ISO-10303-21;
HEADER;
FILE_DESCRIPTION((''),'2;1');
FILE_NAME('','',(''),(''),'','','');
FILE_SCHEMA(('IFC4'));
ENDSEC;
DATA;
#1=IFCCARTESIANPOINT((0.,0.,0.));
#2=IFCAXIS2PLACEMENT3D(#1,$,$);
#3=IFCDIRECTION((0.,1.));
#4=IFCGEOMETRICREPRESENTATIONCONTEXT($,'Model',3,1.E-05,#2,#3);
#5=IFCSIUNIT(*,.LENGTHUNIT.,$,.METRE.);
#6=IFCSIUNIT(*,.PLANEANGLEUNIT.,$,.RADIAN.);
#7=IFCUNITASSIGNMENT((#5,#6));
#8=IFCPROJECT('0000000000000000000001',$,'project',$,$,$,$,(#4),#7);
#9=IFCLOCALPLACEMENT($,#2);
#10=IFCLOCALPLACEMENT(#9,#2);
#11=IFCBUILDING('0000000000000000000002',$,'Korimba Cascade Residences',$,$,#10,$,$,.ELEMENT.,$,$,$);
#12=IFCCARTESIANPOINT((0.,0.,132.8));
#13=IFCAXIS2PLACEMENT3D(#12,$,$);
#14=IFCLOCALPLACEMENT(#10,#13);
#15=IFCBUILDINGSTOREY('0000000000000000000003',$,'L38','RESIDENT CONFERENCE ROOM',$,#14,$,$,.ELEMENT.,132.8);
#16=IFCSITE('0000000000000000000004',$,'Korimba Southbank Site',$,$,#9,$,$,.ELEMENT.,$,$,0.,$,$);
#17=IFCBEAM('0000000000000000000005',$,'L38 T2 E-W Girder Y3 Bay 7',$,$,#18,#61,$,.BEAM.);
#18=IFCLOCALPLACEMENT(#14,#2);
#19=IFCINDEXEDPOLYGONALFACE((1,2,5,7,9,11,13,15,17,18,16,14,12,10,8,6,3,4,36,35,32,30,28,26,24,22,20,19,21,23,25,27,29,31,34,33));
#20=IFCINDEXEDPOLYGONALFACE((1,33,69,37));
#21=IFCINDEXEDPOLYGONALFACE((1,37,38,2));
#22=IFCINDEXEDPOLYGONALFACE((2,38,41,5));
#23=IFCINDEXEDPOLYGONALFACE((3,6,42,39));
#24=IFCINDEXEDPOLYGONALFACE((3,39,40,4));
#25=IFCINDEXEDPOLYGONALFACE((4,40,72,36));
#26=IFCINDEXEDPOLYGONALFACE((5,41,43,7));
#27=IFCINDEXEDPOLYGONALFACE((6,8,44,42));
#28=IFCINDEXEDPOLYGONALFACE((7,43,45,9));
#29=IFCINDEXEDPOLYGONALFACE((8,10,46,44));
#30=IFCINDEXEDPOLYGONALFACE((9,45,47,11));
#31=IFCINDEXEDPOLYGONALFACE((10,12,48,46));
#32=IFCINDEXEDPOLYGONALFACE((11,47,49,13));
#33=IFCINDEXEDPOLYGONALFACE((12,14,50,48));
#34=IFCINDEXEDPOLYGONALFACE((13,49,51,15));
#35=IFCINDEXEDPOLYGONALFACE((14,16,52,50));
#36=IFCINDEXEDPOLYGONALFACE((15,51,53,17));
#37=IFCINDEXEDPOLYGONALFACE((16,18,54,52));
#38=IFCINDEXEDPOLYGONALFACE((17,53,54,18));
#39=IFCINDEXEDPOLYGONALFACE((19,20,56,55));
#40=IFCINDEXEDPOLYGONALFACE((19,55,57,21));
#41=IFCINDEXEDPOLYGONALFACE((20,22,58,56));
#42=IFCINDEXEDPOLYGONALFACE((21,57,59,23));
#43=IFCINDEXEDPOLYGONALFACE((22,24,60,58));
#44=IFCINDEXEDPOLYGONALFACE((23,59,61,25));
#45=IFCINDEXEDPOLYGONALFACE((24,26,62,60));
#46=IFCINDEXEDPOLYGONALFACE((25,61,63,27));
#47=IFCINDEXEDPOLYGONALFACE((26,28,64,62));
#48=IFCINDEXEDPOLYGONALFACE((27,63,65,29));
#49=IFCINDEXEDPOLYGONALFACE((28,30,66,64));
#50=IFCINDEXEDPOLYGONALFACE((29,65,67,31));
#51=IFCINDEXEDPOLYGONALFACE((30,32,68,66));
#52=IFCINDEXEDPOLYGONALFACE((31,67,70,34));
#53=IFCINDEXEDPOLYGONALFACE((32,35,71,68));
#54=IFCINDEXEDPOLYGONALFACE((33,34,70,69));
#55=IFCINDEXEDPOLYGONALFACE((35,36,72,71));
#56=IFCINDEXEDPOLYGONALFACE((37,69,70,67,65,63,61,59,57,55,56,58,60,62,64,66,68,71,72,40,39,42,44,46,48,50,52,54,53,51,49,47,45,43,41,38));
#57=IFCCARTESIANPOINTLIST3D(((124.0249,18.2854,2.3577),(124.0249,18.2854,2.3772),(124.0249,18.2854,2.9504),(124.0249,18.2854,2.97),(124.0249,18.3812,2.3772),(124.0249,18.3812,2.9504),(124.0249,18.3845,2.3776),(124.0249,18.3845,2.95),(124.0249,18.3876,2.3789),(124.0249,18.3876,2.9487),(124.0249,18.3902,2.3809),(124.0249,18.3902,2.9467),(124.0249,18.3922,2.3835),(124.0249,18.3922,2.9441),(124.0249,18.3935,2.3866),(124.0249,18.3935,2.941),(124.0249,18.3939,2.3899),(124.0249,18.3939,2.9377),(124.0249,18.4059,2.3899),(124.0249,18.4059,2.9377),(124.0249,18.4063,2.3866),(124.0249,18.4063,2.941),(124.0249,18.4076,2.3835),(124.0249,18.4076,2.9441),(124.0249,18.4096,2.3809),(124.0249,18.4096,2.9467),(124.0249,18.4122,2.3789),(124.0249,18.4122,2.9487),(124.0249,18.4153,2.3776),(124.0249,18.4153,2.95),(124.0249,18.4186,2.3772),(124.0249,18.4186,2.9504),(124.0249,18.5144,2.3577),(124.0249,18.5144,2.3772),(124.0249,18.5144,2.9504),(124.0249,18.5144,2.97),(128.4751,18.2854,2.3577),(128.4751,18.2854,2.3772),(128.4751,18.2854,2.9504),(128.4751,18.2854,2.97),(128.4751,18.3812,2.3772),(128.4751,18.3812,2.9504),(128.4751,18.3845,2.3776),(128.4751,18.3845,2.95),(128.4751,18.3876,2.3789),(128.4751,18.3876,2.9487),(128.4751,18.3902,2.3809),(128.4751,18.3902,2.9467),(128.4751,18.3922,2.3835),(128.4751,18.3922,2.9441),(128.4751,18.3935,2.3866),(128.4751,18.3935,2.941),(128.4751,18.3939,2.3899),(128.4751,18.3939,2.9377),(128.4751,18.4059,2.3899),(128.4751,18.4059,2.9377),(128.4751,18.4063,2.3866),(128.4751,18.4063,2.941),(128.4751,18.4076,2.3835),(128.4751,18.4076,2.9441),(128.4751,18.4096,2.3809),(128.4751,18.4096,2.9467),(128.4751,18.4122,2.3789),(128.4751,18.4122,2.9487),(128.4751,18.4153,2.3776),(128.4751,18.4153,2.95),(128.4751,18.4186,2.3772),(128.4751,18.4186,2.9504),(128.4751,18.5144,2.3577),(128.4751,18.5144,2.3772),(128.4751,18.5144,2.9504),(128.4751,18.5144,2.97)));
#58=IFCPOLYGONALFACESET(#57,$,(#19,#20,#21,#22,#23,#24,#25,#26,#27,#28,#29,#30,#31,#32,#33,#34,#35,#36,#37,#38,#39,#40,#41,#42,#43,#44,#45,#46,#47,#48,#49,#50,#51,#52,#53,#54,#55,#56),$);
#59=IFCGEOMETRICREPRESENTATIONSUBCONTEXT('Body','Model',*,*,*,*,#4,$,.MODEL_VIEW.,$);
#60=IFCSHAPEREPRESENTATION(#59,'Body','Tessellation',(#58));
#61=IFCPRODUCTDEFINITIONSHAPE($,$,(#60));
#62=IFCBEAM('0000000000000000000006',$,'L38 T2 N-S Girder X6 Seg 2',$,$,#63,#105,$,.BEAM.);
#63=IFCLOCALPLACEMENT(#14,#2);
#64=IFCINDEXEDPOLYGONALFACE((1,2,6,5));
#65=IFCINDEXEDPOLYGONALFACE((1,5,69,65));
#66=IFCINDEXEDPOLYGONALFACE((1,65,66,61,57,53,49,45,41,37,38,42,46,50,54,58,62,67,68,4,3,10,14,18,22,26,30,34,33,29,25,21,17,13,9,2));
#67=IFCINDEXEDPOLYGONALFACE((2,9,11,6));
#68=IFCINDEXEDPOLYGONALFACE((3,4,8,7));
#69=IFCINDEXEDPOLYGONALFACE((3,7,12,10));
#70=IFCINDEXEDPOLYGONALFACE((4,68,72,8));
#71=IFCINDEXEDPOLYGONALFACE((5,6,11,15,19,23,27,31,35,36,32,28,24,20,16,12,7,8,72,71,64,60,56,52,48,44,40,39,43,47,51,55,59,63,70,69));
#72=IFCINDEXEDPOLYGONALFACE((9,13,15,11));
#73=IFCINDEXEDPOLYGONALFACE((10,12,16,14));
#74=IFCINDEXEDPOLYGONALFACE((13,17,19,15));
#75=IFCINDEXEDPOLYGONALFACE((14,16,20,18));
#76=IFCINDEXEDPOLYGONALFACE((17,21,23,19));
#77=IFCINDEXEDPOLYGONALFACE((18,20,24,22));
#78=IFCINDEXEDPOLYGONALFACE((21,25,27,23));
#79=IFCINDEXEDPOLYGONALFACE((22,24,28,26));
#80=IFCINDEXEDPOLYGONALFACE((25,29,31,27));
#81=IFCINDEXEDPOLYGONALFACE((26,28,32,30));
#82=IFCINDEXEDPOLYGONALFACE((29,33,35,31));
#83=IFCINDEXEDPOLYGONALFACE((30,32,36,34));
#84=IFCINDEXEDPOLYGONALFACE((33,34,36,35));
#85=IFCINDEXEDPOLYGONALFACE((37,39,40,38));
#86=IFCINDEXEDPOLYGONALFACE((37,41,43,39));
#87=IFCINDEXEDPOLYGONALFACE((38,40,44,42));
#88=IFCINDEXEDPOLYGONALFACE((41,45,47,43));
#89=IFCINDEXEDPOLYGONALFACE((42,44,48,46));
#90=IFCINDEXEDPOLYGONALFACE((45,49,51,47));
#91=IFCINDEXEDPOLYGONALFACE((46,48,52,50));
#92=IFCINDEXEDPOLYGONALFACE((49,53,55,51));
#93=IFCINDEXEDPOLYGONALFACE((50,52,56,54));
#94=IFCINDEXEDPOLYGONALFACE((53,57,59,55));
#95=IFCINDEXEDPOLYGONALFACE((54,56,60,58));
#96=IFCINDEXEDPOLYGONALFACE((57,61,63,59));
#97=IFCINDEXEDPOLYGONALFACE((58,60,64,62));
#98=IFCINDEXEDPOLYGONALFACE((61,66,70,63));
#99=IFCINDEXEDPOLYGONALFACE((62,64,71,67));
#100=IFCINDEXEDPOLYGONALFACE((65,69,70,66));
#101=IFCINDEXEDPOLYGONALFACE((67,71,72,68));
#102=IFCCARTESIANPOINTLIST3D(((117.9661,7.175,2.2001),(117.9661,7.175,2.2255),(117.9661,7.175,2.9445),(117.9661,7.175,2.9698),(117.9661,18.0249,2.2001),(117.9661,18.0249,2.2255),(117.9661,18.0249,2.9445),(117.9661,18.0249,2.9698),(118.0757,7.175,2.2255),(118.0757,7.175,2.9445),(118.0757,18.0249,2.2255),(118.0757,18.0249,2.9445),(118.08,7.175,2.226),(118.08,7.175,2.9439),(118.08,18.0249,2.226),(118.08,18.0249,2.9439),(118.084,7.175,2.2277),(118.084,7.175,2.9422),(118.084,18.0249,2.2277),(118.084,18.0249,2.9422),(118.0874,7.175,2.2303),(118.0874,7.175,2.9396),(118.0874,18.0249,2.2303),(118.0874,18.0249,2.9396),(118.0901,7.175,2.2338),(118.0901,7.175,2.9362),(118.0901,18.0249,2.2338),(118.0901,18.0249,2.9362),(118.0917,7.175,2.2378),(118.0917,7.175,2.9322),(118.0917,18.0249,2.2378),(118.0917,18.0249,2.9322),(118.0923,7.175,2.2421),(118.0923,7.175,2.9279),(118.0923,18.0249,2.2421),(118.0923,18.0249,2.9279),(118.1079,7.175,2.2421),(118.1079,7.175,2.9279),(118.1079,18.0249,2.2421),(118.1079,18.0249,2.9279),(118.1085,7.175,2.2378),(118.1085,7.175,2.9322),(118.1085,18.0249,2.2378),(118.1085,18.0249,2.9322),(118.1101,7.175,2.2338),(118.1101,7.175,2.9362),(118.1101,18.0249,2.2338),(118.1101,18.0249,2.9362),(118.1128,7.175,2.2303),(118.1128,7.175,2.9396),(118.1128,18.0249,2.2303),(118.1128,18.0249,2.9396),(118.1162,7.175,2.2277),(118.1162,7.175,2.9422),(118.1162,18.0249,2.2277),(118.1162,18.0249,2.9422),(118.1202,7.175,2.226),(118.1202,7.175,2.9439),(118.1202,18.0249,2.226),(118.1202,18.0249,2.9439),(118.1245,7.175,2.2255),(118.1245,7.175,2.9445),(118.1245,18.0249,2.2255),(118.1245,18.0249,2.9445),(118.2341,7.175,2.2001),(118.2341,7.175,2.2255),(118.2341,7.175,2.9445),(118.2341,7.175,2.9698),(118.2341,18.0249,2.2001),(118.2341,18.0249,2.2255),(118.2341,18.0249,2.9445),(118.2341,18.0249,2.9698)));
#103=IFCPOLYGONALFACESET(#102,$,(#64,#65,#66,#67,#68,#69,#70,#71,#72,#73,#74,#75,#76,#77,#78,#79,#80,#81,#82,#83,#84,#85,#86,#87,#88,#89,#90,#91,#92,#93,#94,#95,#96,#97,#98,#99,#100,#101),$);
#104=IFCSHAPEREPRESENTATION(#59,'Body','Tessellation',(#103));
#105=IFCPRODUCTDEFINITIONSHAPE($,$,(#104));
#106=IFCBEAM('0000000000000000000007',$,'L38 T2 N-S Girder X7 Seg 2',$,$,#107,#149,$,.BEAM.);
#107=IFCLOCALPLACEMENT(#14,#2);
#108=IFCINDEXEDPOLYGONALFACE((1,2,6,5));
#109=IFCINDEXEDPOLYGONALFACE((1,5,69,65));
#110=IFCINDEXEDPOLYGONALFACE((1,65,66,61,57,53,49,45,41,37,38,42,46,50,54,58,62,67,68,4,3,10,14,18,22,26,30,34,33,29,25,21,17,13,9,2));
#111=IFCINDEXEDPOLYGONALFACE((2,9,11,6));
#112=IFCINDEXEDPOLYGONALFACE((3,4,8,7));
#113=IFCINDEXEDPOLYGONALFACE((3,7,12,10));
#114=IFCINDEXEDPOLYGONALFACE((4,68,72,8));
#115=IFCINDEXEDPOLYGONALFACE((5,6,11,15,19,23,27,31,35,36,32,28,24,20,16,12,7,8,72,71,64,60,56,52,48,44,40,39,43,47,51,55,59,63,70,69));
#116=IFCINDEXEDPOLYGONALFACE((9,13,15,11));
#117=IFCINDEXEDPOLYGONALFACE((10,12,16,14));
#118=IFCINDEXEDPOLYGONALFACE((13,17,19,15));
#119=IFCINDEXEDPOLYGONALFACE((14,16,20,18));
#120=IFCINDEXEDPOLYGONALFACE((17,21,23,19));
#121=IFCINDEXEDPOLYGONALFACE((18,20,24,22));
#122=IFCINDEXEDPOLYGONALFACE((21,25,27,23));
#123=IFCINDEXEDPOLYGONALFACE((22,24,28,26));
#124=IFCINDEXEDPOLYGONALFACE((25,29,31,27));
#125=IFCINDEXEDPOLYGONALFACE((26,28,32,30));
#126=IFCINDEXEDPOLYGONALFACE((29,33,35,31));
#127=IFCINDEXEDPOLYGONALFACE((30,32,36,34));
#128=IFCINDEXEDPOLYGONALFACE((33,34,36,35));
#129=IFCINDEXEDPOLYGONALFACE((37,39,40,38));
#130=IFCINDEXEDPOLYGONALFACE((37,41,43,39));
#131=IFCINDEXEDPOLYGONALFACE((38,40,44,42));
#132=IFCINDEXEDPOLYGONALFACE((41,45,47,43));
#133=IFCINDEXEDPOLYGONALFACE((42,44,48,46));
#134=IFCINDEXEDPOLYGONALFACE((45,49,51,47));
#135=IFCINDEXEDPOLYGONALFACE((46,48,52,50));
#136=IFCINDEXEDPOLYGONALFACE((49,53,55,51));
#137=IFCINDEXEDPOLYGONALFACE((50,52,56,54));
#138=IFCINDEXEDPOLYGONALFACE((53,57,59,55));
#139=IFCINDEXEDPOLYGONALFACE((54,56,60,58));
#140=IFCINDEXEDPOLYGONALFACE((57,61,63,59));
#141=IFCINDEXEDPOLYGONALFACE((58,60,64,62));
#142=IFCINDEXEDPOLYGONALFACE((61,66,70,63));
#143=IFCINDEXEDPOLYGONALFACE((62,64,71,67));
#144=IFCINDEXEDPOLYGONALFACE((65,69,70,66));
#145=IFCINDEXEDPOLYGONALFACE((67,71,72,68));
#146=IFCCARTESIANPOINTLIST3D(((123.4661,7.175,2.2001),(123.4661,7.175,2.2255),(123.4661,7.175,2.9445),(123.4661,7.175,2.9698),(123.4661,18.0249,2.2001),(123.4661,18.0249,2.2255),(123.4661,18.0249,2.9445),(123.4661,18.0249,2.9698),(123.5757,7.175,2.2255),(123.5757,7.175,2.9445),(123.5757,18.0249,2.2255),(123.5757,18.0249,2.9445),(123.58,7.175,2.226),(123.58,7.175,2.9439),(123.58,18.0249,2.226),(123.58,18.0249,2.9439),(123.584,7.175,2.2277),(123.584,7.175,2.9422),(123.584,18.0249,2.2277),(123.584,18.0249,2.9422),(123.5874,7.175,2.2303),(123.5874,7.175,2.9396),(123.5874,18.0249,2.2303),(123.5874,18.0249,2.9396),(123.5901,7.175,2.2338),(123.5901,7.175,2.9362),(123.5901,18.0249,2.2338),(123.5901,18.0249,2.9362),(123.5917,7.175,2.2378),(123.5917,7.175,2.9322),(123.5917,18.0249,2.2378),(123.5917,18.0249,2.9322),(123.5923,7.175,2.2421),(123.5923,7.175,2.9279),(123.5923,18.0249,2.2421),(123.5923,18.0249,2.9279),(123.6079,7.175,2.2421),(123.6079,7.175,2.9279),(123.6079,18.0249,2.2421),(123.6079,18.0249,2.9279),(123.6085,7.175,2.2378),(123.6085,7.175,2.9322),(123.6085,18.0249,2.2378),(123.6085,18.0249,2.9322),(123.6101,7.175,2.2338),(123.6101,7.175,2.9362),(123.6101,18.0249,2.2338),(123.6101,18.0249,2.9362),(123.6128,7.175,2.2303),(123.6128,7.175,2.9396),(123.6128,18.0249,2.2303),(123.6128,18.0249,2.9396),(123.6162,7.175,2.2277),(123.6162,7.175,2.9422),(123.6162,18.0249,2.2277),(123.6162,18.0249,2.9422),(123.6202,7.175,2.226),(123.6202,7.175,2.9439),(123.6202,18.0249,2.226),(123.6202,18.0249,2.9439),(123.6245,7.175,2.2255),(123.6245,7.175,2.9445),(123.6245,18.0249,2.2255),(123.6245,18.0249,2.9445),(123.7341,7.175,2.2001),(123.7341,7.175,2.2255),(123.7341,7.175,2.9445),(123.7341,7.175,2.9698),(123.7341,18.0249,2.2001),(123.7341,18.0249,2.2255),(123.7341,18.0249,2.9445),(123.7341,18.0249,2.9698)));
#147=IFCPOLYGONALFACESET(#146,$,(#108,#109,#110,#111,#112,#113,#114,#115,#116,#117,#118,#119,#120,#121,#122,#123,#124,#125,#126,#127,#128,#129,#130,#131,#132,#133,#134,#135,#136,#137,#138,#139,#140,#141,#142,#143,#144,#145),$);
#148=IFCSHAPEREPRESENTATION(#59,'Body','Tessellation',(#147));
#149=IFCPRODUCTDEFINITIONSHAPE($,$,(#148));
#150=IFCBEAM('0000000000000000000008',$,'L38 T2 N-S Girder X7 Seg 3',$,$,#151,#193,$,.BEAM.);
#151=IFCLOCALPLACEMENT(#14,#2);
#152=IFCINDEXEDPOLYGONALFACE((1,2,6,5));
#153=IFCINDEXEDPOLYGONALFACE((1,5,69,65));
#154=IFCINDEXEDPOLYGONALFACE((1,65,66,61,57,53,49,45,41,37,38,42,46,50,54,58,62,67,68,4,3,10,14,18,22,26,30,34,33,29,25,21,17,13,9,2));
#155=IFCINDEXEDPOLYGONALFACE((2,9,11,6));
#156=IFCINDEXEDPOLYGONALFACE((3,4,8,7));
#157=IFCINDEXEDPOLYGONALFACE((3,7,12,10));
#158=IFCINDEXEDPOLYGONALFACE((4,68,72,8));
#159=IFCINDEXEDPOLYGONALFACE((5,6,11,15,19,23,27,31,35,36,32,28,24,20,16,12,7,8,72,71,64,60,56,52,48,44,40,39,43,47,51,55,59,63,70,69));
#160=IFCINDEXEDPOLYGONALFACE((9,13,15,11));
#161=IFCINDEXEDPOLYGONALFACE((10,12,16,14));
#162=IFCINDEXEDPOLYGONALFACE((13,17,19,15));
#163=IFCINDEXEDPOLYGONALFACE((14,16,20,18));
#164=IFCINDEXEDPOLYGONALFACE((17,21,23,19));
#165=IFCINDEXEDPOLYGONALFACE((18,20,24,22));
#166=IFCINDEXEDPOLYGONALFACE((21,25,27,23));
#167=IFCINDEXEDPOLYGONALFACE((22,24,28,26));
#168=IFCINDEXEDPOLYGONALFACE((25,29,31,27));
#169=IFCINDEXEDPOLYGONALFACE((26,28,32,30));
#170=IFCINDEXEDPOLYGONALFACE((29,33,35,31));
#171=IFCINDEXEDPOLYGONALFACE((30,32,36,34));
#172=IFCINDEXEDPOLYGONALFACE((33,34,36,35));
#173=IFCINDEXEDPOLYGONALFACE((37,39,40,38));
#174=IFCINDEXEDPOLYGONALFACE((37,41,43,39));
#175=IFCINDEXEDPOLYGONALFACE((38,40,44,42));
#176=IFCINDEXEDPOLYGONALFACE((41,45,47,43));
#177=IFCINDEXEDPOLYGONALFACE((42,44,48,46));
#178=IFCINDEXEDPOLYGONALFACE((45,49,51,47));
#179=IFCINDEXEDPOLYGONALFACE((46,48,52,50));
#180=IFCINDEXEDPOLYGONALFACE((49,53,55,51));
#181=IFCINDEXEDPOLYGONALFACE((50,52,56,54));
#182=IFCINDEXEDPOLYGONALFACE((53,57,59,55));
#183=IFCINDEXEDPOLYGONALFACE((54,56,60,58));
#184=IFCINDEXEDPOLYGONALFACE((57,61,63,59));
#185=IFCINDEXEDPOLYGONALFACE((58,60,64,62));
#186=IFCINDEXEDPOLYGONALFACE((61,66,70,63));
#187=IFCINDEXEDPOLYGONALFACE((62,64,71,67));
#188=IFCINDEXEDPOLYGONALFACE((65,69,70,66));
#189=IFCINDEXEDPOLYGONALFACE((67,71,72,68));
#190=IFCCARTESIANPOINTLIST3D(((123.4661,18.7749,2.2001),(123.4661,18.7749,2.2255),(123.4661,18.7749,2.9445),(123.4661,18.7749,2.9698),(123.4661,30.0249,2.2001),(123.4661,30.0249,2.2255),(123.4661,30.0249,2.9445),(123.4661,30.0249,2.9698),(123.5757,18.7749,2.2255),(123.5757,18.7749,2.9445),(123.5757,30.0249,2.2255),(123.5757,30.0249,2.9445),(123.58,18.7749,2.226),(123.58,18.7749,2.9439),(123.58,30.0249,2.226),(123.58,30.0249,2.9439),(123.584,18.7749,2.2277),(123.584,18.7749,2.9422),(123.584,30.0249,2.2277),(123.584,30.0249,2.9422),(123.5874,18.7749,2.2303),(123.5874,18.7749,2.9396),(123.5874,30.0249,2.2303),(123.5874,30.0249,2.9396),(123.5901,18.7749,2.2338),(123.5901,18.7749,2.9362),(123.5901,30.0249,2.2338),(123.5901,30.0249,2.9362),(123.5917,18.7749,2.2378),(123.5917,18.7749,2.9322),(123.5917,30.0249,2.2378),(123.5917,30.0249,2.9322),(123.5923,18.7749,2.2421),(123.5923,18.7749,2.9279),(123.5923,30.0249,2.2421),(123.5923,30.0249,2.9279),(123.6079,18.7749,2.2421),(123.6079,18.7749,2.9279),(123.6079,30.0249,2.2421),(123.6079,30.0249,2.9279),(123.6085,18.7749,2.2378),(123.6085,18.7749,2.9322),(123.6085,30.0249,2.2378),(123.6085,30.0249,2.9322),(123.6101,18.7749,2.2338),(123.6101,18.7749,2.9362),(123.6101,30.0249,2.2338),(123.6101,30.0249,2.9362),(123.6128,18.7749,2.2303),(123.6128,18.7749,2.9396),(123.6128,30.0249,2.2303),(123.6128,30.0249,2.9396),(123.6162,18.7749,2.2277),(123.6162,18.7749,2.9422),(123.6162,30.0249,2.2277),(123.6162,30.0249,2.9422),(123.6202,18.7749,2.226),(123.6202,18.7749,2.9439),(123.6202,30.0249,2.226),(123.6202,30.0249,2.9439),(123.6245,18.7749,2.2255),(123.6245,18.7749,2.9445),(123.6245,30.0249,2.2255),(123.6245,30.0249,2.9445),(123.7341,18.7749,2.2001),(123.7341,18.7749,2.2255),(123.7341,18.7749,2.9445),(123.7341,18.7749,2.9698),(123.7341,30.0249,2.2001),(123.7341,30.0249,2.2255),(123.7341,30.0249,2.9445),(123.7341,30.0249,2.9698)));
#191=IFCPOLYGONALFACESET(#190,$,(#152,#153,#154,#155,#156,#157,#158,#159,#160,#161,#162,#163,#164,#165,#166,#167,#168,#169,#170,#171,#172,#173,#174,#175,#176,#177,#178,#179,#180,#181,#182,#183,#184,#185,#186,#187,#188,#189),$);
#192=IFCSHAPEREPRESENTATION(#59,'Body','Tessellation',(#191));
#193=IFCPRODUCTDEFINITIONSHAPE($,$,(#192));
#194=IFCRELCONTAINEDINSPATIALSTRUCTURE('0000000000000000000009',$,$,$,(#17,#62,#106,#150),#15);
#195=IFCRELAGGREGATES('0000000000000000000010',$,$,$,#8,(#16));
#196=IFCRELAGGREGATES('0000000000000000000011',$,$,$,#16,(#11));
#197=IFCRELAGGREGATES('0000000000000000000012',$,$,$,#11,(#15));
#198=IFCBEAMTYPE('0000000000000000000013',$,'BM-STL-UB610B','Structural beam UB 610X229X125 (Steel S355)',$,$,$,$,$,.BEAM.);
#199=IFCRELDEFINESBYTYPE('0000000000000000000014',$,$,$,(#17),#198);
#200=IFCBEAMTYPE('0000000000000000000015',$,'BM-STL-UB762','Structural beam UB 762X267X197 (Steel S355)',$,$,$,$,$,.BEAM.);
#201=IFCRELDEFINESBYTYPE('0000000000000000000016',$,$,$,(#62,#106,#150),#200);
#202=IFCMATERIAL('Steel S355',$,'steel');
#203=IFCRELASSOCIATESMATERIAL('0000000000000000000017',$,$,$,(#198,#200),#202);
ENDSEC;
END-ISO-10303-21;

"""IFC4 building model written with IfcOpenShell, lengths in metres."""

from ifc_helpers import new_model, si_unit, direction, frame, origin, origin_2d, place, context, subcontext, project, spatial, i_section, extrude, material, material_profile, profile_set, type_object, element, save


model = new_model("IFC4")

# Units and contexts
model_context = context("Model", 3, precision=1e-05, world=origin(), true_north=direction((0.0, 1.0)))
body_context = subcontext(model_context, "Body", "Model", "MODEL_VIEW")
ifc_project = project(units=[si_unit("LENGTHUNIT", "METRE"), si_unit("PLANEANGLEUNIT", "RADIAN")], contexts=[model_context])

# Site, building, storey
site_placement = place(None, origin())
site = spatial("IfcSite", under=ifc_project, at=site_placement, Name="Korimba Southbank Site", CompositionType="ELEMENT", RefElevation=0.0)
building_placement = place(site_placement, origin())
building = spatial("IfcBuilding", under=site, at=building_placement, Name="Korimba Cascade Residences", CompositionType="ELEMENT")
storey_placement = place(building_placement, frame((0.0, 0.0, 132.8)))
storey = spatial("IfcBuildingStorey", under=building, at=storey_placement, Name="L38", Description="RESIDENT CONFERENCE ROOM", CompositionType="ELEMENT", Elevation=132.8)

# Beams
ifc_material_1 = material(Name="Steel S355", Category="steel")
ifc_material_profile_1 = material_profile(ifc_material_1, i_section(OverallWidth=0.229, OverallDepth=0.6123, WebThickness=0.012, FlangeThickness=0.0195, FilletRadius=0.0127, at=origin_2d()), Name="Steel S355")
ifc_profile_set_1 = profile_set([ifc_material_profile_1], Name="Steel S355")
beam_type_1 = type_object("IfcBeamType", Name="BM-STL-UB610B", Description="Structural beam UB 610X229X125 (Steel S355)", PredefinedType="BEAM", material=ifc_profile_set_1)
beam_1_placement = place(storey_placement, frame((124.0249, 18.3999, 2.6638), z_axis=(1.0, 0.0, 0.0), x_axis=(0.0, 1.0, 0.0)))
element("IfcBeam", 1, at=beam_1_placement, inside=storey, type_object=beam_type_1, Name="L38 T2 E-W Girder Y3 Bay 7", PredefinedType="BEAM", context=body_context, shape_type="SweptSolid", body=[
    extrude(i_section(OverallWidth=0.229, OverallDepth=0.6123, WebThickness=0.012, FlangeThickness=0.0195, FilletRadius=0.0127, at=origin_2d()), origin(), (0.0, 0.0, 1.0), 4.4502),
])
ifc_material_profile_2 = material_profile(ifc_material_1, i_section(OverallWidth=0.2681, OverallDepth=0.7698, WebThickness=0.0156, FlangeThickness=0.0254, FilletRadius=0.0166, at=origin_2d()), Name="Steel S355")
ifc_profile_set_2 = profile_set([ifc_material_profile_2], Name="Steel S355")
beam_type_2 = type_object("IfcBeamType", Name="BM-STL-UB762", Description="Structural beam UB 762X267X197 (Steel S355)", PredefinedType="BEAM", material=ifc_profile_set_2)
for number, where, z_axis, x_axis, name in (
    (2, (118.1001, 7.175, 2.585), (0.0, 1.0, 0.0), (-1.0, 0.0, 0.0), "L38 T2 N-S Girder X6 Seg 2"),
    (3, (123.6001, 7.175, 2.585), (0.0, 1.0, 0.0), (-1.0, 0.0, 0.0), "L38 T2 N-S Girder X7 Seg 2"),
):
    element("IfcBeam", number, at=place(storey_placement, frame(where, z_axis=z_axis, x_axis=x_axis)), inside=storey, type_object=beam_type_2, Name=name, PredefinedType="BEAM", context=body_context, shape_type="SweptSolid", body=[
        extrude(i_section(OverallWidth=0.2681, OverallDepth=0.7698, WebThickness=0.0156, FlangeThickness=0.0254, FilletRadius=0.0166, at=origin_2d()), origin(), (0.0, 0.0, 1.0), 10.8499),
    ])
beam_2_placement = place(storey_placement, frame((123.6001, 18.7749, 2.585), z_axis=(0.0, 1.0, 0.0), x_axis=(-1.0, 0.0, 0.0)))
element("IfcBeam", 4, at=beam_2_placement, inside=storey, type_object=beam_type_2, Name="L38 T2 N-S Girder X7 Seg 3", PredefinedType="BEAM", context=body_context, shape_type="SweptSolid", body=[
    extrude(i_section(OverallWidth=0.2681, OverallDepth=0.7698, WebThickness=0.0156, FlangeThickness=0.0254, FilletRadius=0.0166, at=origin_2d()), origin(), (0.0, 0.0, 1.0), 11.25),
])

save(model, "model.ifc")
